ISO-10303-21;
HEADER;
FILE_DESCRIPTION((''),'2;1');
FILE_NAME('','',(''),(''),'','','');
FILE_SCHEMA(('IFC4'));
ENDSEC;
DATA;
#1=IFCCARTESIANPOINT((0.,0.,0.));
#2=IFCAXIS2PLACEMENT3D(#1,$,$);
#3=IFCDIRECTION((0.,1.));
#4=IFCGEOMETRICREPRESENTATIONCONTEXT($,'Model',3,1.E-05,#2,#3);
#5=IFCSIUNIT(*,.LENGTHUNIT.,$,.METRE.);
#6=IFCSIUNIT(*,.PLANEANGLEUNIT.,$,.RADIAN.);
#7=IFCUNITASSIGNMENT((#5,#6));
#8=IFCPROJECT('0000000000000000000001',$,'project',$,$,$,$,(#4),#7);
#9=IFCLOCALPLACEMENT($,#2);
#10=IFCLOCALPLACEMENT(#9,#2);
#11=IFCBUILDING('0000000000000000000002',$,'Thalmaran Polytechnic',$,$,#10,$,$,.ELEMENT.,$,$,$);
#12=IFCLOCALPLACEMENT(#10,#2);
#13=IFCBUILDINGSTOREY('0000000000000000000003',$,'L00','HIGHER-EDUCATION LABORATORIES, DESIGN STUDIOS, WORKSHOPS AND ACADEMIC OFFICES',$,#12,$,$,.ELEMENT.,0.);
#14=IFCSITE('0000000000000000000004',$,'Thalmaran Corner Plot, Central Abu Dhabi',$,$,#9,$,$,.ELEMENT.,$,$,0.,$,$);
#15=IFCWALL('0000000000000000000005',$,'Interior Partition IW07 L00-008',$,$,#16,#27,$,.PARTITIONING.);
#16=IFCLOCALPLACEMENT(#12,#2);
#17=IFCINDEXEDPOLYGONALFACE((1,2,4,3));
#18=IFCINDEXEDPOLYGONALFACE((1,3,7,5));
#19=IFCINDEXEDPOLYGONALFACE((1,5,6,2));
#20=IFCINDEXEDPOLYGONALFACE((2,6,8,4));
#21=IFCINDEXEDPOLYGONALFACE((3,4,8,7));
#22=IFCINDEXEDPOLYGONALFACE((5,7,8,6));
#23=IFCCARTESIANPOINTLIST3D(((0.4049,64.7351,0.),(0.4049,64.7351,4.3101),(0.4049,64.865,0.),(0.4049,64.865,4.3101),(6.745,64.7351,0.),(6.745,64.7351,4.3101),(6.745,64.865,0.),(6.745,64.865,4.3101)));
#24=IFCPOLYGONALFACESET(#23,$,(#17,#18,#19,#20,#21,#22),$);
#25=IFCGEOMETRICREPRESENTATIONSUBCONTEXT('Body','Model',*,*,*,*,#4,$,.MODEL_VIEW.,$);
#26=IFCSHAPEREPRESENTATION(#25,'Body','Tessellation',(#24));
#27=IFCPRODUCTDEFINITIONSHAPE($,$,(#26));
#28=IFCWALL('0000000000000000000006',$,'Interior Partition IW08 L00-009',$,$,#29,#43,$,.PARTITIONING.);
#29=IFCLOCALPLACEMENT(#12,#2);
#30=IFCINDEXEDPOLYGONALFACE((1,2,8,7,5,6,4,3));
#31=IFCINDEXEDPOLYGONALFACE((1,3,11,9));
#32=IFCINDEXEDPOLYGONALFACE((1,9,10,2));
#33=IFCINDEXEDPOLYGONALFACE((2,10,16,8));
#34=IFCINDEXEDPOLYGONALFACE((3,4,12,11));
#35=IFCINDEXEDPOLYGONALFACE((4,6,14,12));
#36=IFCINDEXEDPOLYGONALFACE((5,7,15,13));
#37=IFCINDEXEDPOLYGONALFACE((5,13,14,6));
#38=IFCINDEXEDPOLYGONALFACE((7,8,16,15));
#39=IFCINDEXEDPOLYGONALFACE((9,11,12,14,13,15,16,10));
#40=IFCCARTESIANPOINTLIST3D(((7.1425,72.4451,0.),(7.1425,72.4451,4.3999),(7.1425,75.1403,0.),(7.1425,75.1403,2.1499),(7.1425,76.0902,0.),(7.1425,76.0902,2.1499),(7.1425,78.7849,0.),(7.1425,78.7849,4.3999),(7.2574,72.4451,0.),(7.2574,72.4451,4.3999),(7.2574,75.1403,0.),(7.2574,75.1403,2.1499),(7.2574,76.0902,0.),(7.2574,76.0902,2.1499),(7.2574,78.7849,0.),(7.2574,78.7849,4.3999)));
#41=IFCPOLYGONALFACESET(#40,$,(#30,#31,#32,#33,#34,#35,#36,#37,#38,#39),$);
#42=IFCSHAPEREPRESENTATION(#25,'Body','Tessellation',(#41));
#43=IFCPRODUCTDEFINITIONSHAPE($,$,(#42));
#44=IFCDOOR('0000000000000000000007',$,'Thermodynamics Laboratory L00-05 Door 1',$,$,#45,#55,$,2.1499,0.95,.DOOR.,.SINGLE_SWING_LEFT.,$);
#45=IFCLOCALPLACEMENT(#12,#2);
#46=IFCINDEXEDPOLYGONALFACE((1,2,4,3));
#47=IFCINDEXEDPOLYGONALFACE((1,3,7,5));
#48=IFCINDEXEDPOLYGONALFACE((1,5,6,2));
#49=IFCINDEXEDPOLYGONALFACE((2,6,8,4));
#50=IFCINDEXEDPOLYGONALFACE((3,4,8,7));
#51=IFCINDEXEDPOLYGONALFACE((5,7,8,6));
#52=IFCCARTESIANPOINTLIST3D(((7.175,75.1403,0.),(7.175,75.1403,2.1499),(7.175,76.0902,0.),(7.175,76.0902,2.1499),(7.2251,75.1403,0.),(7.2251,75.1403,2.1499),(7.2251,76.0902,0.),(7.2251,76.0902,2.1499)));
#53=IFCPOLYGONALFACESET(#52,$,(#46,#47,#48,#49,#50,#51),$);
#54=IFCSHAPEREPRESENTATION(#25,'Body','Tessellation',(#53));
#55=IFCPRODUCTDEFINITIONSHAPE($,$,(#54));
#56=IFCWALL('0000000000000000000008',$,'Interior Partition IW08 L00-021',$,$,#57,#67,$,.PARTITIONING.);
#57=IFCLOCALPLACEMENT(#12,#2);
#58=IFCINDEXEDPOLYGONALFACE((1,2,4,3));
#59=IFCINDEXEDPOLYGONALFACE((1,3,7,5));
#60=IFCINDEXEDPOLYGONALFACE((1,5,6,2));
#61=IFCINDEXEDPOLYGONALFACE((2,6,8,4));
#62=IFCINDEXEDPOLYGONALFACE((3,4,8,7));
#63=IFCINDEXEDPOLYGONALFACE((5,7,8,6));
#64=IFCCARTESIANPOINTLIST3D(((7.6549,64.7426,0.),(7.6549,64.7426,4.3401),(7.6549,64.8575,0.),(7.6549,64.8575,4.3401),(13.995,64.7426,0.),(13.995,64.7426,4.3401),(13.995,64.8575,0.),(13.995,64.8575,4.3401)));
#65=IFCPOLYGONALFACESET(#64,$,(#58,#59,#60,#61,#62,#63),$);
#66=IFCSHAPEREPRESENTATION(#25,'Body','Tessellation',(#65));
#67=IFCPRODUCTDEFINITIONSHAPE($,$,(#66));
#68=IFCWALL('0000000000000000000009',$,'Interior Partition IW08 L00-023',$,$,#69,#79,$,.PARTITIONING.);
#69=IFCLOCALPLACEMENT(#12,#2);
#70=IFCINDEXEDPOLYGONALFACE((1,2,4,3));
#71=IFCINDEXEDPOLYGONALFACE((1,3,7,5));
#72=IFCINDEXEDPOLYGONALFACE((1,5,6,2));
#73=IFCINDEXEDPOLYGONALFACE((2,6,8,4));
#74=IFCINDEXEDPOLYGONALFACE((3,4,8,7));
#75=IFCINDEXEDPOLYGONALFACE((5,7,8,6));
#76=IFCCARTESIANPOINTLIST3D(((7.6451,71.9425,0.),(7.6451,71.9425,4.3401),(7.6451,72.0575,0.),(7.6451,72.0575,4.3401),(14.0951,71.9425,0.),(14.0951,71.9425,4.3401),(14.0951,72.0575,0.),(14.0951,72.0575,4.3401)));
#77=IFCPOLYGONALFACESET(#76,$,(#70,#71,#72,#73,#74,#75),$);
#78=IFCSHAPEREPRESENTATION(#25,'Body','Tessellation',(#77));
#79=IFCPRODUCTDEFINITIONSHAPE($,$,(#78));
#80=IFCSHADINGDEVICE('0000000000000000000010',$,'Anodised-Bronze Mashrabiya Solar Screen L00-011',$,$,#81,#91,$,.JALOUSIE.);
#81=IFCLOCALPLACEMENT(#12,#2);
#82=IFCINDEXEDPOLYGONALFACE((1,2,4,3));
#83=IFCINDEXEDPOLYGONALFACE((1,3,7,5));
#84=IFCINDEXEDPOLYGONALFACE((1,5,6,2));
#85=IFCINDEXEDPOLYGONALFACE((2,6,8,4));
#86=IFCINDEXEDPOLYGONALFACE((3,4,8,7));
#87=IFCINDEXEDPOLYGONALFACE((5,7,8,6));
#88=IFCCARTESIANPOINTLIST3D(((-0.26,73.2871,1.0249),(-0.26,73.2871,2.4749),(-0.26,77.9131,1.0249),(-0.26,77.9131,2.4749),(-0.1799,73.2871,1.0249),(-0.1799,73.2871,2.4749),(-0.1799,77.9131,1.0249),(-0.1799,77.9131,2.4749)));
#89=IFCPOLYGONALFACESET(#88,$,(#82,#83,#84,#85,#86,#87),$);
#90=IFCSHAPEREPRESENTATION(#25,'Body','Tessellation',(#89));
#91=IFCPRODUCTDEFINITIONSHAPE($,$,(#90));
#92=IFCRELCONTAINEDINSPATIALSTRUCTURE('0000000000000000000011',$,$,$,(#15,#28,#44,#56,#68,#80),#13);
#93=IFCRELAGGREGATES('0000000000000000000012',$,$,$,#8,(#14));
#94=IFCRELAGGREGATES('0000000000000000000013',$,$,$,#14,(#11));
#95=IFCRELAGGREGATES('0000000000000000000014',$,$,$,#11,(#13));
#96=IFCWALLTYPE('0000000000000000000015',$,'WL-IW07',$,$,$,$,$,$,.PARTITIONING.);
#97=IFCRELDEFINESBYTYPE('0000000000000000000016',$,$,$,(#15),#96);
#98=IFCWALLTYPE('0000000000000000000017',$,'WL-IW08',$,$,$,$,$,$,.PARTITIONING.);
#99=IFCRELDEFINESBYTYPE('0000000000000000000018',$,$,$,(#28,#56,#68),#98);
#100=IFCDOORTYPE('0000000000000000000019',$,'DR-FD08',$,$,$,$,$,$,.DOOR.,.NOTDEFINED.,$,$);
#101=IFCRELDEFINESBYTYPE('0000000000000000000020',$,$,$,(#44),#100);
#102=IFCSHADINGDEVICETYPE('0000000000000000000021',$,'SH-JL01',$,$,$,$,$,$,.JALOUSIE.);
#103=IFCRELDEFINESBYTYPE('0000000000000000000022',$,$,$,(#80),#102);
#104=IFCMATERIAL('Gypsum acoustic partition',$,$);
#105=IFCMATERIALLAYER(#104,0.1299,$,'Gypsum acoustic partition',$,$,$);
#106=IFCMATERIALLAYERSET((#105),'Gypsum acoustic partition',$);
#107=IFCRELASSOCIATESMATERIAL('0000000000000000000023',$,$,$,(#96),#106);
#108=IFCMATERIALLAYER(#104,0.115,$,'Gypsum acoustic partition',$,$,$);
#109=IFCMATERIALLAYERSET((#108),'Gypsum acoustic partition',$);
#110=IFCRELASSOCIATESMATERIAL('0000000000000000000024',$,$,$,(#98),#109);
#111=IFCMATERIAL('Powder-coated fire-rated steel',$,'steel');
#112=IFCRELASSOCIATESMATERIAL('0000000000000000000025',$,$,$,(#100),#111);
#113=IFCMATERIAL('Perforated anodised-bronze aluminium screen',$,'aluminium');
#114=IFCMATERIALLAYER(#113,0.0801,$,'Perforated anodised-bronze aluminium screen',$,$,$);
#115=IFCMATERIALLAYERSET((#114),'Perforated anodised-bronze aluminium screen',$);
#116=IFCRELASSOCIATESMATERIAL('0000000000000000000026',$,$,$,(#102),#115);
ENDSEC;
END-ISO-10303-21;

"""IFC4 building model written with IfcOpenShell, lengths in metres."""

from ifc_helpers import new_model, si_unit, direction, frame, frame_2d, origin, origin_2d, place, context, subcontext, project, spatial, rectangle, extrude, material, layer, layer_set, type_object, element, fill, save


model = new_model("IFC4")

# Units and contexts
model_context = context("Model", 3, precision=1e-05, world=origin(), true_north=direction((0.0, 1.0)))
body_context = subcontext(model_context, "Body", "Model", "MODEL_VIEW")
ifc_project = project(units=[si_unit("LENGTHUNIT", "METRE"), si_unit("PLANEANGLEUNIT", "RADIAN")], contexts=[model_context])

# Site, building, storey
site_placement = place(None, origin())
site = spatial("IfcSite", under=ifc_project, at=site_placement, Name="Thalmaran Corner Plot, Central Abu Dhabi", CompositionType="ELEMENT", RefElevation=0.0)
building_placement = place(site_placement, origin())
building = spatial("IfcBuilding", under=site, at=building_placement, Name="Thalmaran Polytechnic", CompositionType="ELEMENT")
storey_placement = place(building_placement, origin())
storey = spatial("IfcBuildingStorey", under=building, at=storey_placement, Name="L00", Description="HIGHER-EDUCATION LABORATORIES, DESIGN STUDIOS, WORKSHOPS AND ACADEMIC OFFICES", CompositionType="ELEMENT", Elevation=0.0)

# Shared definitions
ifc_material_1 = material(Name="Gypsum acoustic partition")
ifc_material_2 = material(Name="Powder-coated fire-rated steel", Category="steel")

# Wall
ifc_layer_1 = layer(ifc_material_1, 0.1299, Name="Gypsum acoustic partition")
ifc_layer_set_1 = layer_set([ifc_layer_1], Name="Gypsum acoustic partition")
wall_type_1 = type_object("IfcWallType", Name="WL-IW07", PredefinedType="PARTITIONING", material=ifc_layer_set_1)
wall_1_placement = place(storey_placement, frame((0.405, 64.8, 0.0), z_axis=(0.0, 0.0, 1.0), x_axis=(1.0, 0.0, 0.0)))
element("IfcWall", 1, at=wall_1_placement, inside=storey, type_object=wall_type_1, Name="Interior Partition IW07 L00-008", PredefinedType="PARTITIONING", context=body_context, shape_type="SweptSolid", body=[
    extrude(rectangle(XDim=6.3401, YDim=0.1299, at=frame_2d((3.1699, 0.0))), origin(), (0.0, 0.0, 1.0), 4.3101),
])

# Wall, opening, door
ifc_layer_2 = layer(ifc_material_1, 0.115, Name="Gypsum acoustic partition")
ifc_layer_set_2 = layer_set([ifc_layer_2], Name="Gypsum acoustic partition")
wall_type_2 = type_object("IfcWallType", Name="WL-IW08", PredefinedType="PARTITIONING", material=ifc_layer_set_2)
wall_2_placement = place(storey_placement, frame((7.2, 72.4451, 0.0), z_axis=(0.0, 0.0, 1.0), x_axis=(0.0, 1.0, 0.0)))
wall_2 = element("IfcWall", 2, at=wall_2_placement, inside=storey, type_object=wall_type_2, Name="Interior Partition IW08 L00-009", PredefinedType="PARTITIONING", context=body_context, shape_type="SweptSolid", body=[
    extrude(rectangle(XDim=6.3398, YDim=0.115, at=frame_2d((3.1699, 0.0))), origin(), (0.0, 0.0, 1.0), 4.3999),
])
opening_1_placement = place(wall_2_placement, frame((2.6951, 0.0, 0.0)))
opening_1 = element("IfcOpeningElement", 3, at=opening_1_placement, cuts=wall_2, PredefinedType="OPENING", context=body_context, shape_type="SweptSolid", body=[
    extrude(rectangle(XDim=0.95, YDim=2.1499, at=frame_2d((0.4751, 1.075))), frame((0.0, 0.0674, 0.0), z_axis=(0.0, -1.0, 0.0), x_axis=(1.0, 0.0, 0.0)), (0.0, 0.0, 1.0), 0.135),
])
door_type_1 = type_object("IfcDoorType", Name="DR-FD08", OperationType="NOTDEFINED", PredefinedType="DOOR", material=ifc_material_2)
door_1_placement = place(opening_1_placement, origin())
door_1 = element("IfcDoor", 4, at=door_1_placement, inside=storey, type_object=door_type_1, Name="Thermodynamics Laboratory L00-05 Door 1", OperationType="SINGLE_SWING_LEFT", OverallHeight=2.1499, OverallWidth=0.95, PredefinedType="DOOR", context=body_context, shape_type="SweptSolid", body=[
    extrude(rectangle(XDim=0.95, YDim=2.1499, at=frame_2d((0.4751, 1.075))), frame((0.0, 0.0249, 0.0), z_axis=(0.0, -1.0, 0.0), x_axis=(1.0, 0.0, 0.0)), (0.0, 0.0, 1.0), 0.05),
])
fill(opening_1, door_1)

# Walls
wall_3_placement = place(storey_placement, frame((7.655, 64.8, 0.0), z_axis=(0.0, 0.0, 1.0), x_axis=(1.0, 0.0, 0.0)))
element("IfcWall", 5, at=wall_3_placement, inside=storey, type_object=wall_type_2, Name="Interior Partition IW08 L00-021", PredefinedType="PARTITIONING", context=body_context, shape_type="SweptSolid", body=[
    extrude(rectangle(XDim=6.3401, YDim=0.115, at=frame_2d((3.1699, 0.0))), origin(), (0.0, 0.0, 1.0), 4.3401),
])
wall_4_placement = place(storey_placement, frame((7.645, 72.0, 0.0), z_axis=(0.0, 0.0, 1.0), x_axis=(1.0, 0.0, 0.0)))
element("IfcWall", 6, at=wall_4_placement, inside=storey, type_object=wall_type_2, Name="Interior Partition IW08 L00-023", PredefinedType="PARTITIONING", context=body_context, shape_type="SweptSolid", body=[
    extrude(rectangle(XDim=6.45, YDim=0.115, at=frame_2d((3.2251, 0.0))), origin(), (0.0, 0.0, 1.0), 4.3401),
])

# Shading device
ifc_material_3 = material(Name="Perforated anodised-bronze aluminium screen", Category="aluminium")
ifc_layer_3 = layer(ifc_material_3, 0.0801, Name="Perforated anodised-bronze aluminium screen")
ifc_layer_set_3 = layer_set([ifc_layer_3], Name="Perforated anodised-bronze aluminium screen")
shading_device_type = type_object("IfcShadingDeviceType", Name="SH-JL01", PredefinedType="JALOUSIE", material=ifc_layer_set_3)
shading_device_placement = place(storey_placement, frame((-0.22, 75.6001, 1.0249), z_axis=(0.0, 0.0, 1.0), x_axis=(0.0, 1.0, 0.0)))
element("IfcShadingDevice", 7, at=shading_device_placement, inside=storey, type_object=shading_device_type, Name="Anodised-Bronze Mashrabiya Solar Screen L00-011", PredefinedType="JALOUSIE", context=body_context, shape_type="SweptSolid", body=[
    extrude(rectangle(XDim=4.626, YDim=0.0801, at=origin_2d()), origin(), (0.0, 0.0, 1.0), 1.45),
])

save(model, "model.ifc")
